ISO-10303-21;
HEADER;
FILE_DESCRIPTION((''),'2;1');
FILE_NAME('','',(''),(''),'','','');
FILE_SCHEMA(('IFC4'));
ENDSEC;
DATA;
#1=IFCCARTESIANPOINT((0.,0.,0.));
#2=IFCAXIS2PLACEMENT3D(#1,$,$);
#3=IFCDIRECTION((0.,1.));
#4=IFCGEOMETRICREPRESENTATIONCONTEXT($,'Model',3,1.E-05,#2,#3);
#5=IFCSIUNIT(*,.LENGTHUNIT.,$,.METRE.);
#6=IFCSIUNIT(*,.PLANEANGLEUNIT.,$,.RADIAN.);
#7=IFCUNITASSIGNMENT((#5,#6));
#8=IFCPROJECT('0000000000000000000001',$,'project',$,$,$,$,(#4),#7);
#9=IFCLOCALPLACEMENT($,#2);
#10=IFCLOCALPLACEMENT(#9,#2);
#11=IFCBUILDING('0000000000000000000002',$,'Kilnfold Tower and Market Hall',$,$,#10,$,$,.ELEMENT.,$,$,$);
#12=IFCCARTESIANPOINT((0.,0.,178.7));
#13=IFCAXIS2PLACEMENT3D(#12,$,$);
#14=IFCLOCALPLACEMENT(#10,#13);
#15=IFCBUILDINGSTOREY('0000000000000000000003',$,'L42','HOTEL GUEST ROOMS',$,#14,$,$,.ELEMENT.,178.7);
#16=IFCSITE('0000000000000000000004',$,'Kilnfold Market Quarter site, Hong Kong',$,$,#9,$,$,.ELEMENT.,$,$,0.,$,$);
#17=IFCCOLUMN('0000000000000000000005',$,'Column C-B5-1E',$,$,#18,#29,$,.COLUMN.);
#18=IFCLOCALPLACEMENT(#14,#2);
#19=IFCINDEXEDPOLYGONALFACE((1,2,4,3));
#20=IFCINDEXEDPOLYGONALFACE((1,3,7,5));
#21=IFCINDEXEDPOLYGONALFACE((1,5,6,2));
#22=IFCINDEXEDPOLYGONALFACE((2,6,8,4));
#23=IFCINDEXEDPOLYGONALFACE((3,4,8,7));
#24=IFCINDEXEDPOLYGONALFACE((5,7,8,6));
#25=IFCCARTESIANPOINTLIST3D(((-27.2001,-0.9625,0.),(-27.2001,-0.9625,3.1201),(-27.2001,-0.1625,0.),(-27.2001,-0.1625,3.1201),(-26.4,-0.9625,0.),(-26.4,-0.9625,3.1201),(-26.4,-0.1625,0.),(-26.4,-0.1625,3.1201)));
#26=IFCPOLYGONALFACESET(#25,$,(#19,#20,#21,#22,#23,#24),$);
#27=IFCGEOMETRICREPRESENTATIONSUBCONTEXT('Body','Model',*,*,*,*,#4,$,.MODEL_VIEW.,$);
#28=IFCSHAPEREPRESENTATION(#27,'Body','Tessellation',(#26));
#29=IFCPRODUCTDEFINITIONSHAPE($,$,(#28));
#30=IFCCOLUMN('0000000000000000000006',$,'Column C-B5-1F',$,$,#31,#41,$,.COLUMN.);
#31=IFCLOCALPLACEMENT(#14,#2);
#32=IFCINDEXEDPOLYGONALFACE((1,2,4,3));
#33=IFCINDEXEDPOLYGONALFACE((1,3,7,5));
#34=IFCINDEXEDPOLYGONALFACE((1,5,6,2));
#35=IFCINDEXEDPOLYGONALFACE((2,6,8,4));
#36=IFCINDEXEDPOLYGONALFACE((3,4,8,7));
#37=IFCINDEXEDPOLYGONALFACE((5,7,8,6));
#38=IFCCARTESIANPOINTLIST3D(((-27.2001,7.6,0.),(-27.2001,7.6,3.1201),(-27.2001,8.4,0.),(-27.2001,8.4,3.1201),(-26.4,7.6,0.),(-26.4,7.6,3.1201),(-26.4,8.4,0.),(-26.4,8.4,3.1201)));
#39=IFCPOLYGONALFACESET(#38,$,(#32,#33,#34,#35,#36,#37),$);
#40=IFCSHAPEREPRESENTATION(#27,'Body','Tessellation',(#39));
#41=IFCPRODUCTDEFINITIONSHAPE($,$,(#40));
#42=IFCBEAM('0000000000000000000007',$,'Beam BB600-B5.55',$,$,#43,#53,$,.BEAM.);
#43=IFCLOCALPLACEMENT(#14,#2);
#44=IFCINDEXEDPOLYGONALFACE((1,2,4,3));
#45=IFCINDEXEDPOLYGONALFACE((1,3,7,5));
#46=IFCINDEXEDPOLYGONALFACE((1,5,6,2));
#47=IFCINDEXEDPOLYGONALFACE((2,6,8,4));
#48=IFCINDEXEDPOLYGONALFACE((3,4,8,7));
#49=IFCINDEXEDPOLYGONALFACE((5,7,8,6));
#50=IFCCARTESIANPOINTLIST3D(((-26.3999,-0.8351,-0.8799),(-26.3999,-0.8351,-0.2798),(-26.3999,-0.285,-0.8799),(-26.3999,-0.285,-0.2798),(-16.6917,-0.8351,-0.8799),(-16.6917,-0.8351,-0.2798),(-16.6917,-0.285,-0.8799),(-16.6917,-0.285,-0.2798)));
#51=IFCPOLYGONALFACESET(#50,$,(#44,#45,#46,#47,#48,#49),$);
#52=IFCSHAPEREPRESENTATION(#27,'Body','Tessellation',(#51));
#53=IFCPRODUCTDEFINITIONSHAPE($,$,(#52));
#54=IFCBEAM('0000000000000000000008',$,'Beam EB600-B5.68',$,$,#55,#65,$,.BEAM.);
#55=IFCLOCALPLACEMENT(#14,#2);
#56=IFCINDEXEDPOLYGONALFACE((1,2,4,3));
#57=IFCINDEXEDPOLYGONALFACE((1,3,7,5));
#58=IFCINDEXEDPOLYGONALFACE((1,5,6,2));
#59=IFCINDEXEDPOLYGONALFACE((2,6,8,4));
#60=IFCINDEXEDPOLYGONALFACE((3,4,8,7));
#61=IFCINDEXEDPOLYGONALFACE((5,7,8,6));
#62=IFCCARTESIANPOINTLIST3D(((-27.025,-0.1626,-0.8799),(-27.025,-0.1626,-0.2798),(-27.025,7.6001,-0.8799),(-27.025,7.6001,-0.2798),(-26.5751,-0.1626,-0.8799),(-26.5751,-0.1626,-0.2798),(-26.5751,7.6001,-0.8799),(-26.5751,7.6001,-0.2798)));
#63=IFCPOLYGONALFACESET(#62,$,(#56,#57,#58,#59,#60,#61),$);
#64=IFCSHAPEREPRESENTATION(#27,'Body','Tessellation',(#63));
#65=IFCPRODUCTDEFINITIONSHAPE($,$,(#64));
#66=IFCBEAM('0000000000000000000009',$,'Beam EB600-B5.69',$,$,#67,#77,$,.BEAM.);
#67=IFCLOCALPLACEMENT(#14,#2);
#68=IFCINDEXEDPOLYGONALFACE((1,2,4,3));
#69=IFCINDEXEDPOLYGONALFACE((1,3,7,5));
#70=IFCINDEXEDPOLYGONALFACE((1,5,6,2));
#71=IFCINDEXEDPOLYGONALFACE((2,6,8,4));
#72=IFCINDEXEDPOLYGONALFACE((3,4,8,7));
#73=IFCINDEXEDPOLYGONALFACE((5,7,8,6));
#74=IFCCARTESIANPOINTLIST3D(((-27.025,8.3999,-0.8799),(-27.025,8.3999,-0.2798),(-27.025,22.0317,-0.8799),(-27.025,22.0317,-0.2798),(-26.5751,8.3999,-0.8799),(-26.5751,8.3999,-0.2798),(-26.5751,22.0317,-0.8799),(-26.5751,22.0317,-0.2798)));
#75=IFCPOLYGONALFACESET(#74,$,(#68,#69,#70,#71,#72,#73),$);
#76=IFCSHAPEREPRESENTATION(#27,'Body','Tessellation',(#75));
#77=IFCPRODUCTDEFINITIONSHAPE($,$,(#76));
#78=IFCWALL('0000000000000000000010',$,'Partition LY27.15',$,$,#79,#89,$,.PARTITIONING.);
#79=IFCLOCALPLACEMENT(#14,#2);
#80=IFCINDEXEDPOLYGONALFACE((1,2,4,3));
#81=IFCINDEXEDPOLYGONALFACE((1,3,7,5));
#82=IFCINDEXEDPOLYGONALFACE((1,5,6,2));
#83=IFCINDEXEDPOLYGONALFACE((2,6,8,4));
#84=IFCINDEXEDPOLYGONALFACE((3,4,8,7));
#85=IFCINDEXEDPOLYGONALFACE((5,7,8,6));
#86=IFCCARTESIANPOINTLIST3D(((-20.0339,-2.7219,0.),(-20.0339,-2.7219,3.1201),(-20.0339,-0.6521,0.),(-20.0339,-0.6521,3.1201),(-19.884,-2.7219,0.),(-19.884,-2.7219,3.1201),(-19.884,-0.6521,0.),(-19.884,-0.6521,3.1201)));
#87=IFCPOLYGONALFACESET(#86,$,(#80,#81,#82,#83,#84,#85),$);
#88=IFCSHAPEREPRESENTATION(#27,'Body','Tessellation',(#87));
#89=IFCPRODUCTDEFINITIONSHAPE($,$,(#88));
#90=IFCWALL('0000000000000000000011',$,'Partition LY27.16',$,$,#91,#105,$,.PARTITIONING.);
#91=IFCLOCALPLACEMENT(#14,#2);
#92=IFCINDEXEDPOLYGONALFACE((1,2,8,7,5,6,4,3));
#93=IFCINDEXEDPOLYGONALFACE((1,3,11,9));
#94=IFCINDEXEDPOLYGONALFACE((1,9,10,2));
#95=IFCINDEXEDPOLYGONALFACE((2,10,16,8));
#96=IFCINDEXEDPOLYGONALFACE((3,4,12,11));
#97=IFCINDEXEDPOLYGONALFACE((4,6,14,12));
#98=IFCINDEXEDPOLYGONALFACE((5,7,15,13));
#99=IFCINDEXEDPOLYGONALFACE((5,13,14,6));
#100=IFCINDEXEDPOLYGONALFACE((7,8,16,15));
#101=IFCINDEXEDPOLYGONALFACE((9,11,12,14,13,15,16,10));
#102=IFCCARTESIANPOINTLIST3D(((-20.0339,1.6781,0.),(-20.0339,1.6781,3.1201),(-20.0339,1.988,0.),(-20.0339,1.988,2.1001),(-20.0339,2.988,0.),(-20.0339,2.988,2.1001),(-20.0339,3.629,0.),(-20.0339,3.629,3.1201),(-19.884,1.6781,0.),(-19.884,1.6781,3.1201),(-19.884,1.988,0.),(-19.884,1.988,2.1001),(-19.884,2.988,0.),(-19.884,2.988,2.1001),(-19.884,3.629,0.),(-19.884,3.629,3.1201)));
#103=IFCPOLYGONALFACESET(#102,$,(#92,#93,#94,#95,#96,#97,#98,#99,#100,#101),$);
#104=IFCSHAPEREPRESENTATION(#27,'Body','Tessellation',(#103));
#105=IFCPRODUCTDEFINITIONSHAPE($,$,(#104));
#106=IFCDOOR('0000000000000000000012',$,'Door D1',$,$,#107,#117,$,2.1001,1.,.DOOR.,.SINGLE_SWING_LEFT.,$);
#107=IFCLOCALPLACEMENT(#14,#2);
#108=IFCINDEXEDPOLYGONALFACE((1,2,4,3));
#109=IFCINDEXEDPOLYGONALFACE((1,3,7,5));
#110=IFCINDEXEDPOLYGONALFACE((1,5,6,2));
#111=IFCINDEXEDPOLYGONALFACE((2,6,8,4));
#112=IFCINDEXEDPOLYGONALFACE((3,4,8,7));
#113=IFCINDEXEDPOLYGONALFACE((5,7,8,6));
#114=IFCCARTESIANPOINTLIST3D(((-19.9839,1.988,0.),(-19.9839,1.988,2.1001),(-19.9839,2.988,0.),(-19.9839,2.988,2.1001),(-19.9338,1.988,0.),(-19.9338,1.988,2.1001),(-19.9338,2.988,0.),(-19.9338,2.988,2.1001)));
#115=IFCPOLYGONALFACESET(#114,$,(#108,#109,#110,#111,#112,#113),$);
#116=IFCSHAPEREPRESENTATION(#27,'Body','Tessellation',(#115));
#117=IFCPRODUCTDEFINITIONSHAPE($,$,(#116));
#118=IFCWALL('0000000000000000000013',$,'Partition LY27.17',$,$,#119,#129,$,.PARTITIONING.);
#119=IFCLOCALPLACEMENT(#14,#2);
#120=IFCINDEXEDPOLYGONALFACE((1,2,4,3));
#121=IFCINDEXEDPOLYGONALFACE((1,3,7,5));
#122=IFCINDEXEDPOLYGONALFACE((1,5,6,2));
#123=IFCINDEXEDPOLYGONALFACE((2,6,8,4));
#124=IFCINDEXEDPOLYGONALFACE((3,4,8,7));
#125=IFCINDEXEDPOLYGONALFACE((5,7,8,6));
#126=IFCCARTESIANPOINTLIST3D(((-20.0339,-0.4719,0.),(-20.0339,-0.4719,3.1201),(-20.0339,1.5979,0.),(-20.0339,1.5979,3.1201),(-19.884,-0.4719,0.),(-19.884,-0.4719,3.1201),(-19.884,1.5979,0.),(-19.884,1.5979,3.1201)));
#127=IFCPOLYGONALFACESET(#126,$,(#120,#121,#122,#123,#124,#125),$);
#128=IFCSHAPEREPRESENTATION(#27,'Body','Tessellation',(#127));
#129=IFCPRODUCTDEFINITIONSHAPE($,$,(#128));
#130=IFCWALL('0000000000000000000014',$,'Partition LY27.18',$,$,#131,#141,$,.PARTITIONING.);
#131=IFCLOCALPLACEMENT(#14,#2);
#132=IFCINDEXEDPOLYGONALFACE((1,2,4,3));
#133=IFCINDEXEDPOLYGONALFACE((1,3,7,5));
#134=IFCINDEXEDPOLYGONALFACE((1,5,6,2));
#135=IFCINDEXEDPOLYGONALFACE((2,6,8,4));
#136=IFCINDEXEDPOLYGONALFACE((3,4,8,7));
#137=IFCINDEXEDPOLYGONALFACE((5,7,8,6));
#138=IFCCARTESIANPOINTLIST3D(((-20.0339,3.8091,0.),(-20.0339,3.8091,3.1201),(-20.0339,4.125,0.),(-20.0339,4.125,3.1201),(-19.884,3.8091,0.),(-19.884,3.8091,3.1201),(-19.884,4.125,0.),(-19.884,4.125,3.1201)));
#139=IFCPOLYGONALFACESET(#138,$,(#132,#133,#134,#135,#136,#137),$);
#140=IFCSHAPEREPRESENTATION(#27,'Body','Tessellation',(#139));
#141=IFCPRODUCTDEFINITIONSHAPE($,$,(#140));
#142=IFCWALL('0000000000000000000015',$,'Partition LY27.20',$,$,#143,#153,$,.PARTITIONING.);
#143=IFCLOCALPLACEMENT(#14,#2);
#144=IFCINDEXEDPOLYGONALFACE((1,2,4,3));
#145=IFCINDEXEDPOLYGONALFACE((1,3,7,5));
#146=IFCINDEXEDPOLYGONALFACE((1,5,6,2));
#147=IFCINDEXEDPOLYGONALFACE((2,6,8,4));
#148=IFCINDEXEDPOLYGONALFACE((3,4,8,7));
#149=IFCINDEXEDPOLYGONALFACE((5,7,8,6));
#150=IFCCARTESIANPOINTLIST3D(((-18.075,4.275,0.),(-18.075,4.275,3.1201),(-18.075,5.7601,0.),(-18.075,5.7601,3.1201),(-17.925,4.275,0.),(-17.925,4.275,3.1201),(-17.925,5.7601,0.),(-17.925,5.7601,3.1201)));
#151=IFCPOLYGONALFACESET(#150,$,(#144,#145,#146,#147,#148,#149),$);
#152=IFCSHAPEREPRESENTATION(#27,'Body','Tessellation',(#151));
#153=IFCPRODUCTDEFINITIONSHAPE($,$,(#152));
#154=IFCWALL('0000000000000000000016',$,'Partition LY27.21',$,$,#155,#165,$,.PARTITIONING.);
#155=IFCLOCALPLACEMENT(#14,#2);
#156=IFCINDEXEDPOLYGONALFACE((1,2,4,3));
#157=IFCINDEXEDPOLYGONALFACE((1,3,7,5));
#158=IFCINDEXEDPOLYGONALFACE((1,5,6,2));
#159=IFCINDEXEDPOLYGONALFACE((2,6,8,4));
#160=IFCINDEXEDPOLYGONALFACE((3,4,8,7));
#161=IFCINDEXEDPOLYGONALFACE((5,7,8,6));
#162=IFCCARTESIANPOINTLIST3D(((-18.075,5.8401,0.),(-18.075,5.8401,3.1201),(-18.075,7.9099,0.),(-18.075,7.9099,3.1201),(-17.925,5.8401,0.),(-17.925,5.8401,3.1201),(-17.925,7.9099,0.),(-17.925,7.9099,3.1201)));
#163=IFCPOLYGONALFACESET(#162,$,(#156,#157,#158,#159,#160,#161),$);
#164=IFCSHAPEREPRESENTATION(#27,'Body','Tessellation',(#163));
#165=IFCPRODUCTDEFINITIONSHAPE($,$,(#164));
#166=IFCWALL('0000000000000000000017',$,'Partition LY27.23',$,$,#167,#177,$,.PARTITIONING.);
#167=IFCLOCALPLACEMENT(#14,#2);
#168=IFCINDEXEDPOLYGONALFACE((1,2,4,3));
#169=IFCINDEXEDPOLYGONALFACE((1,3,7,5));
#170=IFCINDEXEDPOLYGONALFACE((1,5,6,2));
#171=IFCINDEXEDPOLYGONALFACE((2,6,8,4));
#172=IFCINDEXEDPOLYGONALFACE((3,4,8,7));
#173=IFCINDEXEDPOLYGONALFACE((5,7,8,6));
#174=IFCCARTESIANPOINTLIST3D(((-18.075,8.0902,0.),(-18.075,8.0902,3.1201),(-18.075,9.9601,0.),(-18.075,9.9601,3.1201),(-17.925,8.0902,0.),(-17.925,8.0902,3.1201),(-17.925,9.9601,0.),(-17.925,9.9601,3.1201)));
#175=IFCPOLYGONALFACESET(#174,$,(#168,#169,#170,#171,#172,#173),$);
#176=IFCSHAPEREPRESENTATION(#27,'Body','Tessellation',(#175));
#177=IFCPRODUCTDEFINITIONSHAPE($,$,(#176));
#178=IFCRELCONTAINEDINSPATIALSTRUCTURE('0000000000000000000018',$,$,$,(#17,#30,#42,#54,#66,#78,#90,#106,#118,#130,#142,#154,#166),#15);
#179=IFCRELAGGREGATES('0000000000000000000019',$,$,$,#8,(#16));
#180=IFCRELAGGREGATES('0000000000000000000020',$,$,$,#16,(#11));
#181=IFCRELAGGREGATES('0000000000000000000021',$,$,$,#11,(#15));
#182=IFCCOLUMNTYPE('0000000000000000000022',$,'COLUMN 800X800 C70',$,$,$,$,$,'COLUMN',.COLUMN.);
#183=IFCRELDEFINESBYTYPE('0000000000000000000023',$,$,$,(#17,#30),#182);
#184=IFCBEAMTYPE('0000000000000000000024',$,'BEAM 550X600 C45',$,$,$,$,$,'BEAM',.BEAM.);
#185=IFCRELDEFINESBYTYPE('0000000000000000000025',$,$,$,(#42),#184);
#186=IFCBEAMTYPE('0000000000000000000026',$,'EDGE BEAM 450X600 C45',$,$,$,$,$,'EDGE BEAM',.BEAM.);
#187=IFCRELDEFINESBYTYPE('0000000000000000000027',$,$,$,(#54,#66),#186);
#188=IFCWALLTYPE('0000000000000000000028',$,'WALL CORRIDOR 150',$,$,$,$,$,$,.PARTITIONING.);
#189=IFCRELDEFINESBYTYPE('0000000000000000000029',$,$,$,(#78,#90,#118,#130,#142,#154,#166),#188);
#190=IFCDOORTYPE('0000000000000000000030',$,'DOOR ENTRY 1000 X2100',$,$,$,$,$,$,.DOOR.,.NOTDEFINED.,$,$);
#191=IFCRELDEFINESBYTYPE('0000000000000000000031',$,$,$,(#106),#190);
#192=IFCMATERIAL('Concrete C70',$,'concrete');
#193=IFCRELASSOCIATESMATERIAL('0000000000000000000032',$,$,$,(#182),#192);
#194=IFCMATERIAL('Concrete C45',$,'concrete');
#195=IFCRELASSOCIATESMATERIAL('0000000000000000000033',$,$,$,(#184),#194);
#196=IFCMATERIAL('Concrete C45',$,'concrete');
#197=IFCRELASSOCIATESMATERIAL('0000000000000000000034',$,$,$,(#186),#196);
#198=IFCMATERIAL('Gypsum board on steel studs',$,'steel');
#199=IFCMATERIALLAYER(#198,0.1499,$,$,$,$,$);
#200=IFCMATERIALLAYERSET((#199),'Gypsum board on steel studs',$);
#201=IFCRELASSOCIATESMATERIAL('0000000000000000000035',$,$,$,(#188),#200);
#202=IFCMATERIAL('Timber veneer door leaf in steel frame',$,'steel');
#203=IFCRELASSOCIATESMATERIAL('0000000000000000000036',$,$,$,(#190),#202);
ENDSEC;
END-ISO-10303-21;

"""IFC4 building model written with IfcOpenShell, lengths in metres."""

from ifc_helpers import new_model, si_unit, direction, frame, frame_2d, origin, origin_2d, place, context, subcontext, project, spatial, rectangle, extrude, source, transform, mapped, material, layer, layer_set, material_profile, profile_set, type_object, element, fill, save


model = new_model("IFC4")

# Units and contexts
model_context = context("Model", 3, precision=1e-05, world=origin(), true_north=direction((0.0, 1.0)))
body_context = subcontext(model_context, "Body", "Model", "MODEL_VIEW")
ifc_project = project(units=[si_unit("LENGTHUNIT", "METRE"), si_unit("PLANEANGLEUNIT", "RADIAN")], contexts=[model_context])

# Site, building, storey
site_placement = place(None, origin())
site = spatial("IfcSite", under=ifc_project, at=site_placement, Name="Kilnfold Market Quarter site, Hong Kong", CompositionType="ELEMENT", RefElevation=0.0)
building_placement = place(site_placement, origin())
building = spatial("IfcBuilding", under=site, at=building_placement, Name="Kilnfold Tower and Market Hall", CompositionType="ELEMENT")
storey_placement = place(building_placement, frame((0.0, 0.0, 178.7)))
storey = spatial("IfcBuildingStorey", under=building, at=storey_placement, Name="L42", Description="HOTEL GUEST ROOMS", CompositionType="ELEMENT", Elevation=178.7)

# Columns
ifc_material_1 = material(Name="Concrete C70", Category="concrete")
ifc_material_profile_1 = material_profile(ifc_material_1, rectangle(XDim=0.8, YDim=0.8, at=origin_2d()), Name="RC 800x800")
ifc_profile_set_1 = profile_set([ifc_material_profile_1], Name="Concrete C70")
column_type = type_object("IfcColumnType", Name="COLUMN 800X800 C70", ElementType="COLUMN", PredefinedType="COLUMN", material=ifc_profile_set_1)
shared_shape_1 = source(origin(), body_context, "Body", "SweptSolid", [
    extrude(rectangle(XDim=0.8, YDim=0.8, at=origin_2d()), origin(), (0.0, 0.0, 1.0), 3.1201),
])
for number, where, z_axis, x_axis, name in (
    (1, (-26.8, -0.5625, 0.0), (0.0, 0.0, 1.0), (1.0, 0.0, 0.0), "Column C-B5-1E"),
    (2, (-26.8, 8.0, 0.0), (0.0, 0.0, 1.0), (1.0, 0.0, 0.0), "Column C-B5-1F"),
):
    element("IfcColumn", number, at=place(storey_placement, frame(where, z_axis=z_axis, x_axis=x_axis)), inside=storey, type_object=column_type, Name=name, PredefinedType="COLUMN", context=body_context, shape_type="MappedRepresentation", body=[
        mapped(shared_shape_1, transform((0.0, 0.0, 0.0))),
    ])

# Beams
ifc_material_2 = material(Name="Concrete C45", Category="concrete")
ifc_material_profile_2 = material_profile(ifc_material_2, rectangle(XDim=0.55, YDim=0.6001, at=origin_2d()), Name="RC 550x600")
ifc_profile_set_2 = profile_set([ifc_material_profile_2], Name="Concrete C45")
beam_type_1 = type_object("IfcBeamType", Name="BEAM 550X600 C45", ElementType="BEAM", PredefinedType="BEAM", material=ifc_profile_set_2)
shared_shape_2 = source(origin(), body_context, "Body", "SweptSolid", [
    extrude(rectangle(XDim=0.55, YDim=0.6001, at=origin_2d()), origin(), (0.0, 0.0, 1.0), 9.7083),
])
beam_1_placement = place(storey_placement, frame((-26.3999, -0.5601, -0.5798), z_axis=(1.0, 0.0, 0.0), x_axis=(0.0, 1.0, 0.0)))
element("IfcBeam", 3, at=beam_1_placement, inside=storey, type_object=beam_type_1, Name="Beam BB600-B5.55", PredefinedType="BEAM", context=body_context, shape_type="MappedRepresentation", body=[
    mapped(shared_shape_2, transform((0.0, 0.0, 0.0))),
])
ifc_material_3 = material(Name="Concrete C45", Category="concrete")
ifc_material_profile_3 = material_profile(ifc_material_3, rectangle(XDim=0.45, YDim=0.6001, at=origin_2d()), Name="RC 450x600")
ifc_profile_set_3 = profile_set([ifc_material_profile_3], Name="Concrete C45")
beam_type_2 = type_object("IfcBeamType", Name="EDGE BEAM 450X600 C45", ElementType="EDGE BEAM", PredefinedType="BEAM", material=ifc_profile_set_3)
shared_shape_3 = source(origin(), body_context, "Body", "SweptSolid", [
    extrude(rectangle(XDim=0.45, YDim=0.6001, at=origin_2d()), origin(), (0.0, 0.0, 1.0), 7.7627),
])
beam_2_placement = place(storey_placement, frame((-26.8, -0.1626, -0.5798), z_axis=(0.0, 1.0, 0.0), x_axis=(-1.0, 0.0, 0.0)))
element("IfcBeam", 4, at=beam_2_placement, inside=storey, type_object=beam_type_2, Name="Beam EB600-B5.68", PredefinedType="BEAM", context=body_context, shape_type="MappedRepresentation", body=[
    mapped(shared_shape_3, transform((0.0, 0.0, 0.0))),
])
shared_shape_4 = source(origin(), body_context, "Body", "SweptSolid", [
    extrude(rectangle(XDim=0.45, YDim=0.6001, at=origin_2d()), origin(), (0.0, 0.0, 1.0), 13.6318),
])
beam_3_placement = place(storey_placement, frame((-26.8, 8.3999, -0.5798), z_axis=(0.0, 1.0, 0.0), x_axis=(-1.0, 0.0, 0.0)))
element("IfcBeam", 5, at=beam_3_placement, inside=storey, type_object=beam_type_2, Name="Beam EB600-B5.69", PredefinedType="BEAM", context=body_context, shape_type="MappedRepresentation", body=[
    mapped(shared_shape_4, transform((0.0, 0.0, 0.0))),
])

# Wall
ifc_material_4 = material(Name="Gypsum board on steel studs", Category="steel")
ifc_layer_1 = layer(ifc_material_4, 0.1499)
ifc_layer_set_1 = layer_set([ifc_layer_1], Name="Gypsum board on steel studs")
wall_type_1 = type_object("IfcWallType", Name="WALL CORRIDOR 150", PredefinedType="PARTITIONING", material=ifc_layer_set_1)
wall_1_placement = place(storey_placement, frame((-19.959, -2.7219, 0.0), z_axis=(0.0, 0.0, 1.0), x_axis=(0.0, 1.0, 0.0)))
element("IfcWall", 6, at=wall_1_placement, inside=storey, type_object=wall_type_1, Name="Partition LY27.15", PredefinedType="PARTITIONING", context=body_context, shape_type="SweptSolid", body=[
    extrude(rectangle(XDim=2.0698, YDim=0.1499, at=frame_2d((1.0349, 0.0))), origin(), (0.0, 0.0, 1.0), 3.1201),
])

# Wall, opening, door
wall_2_placement = place(storey_placement, frame((-19.959, 1.678, 0.0), z_axis=(0.0, 0.0, 1.0), x_axis=(0.0, 1.0, 0.0)))
wall_2 = element("IfcWall", 7, at=wall_2_placement, inside=storey, type_object=wall_type_1, Name="Partition LY27.16", PredefinedType="PARTITIONING", context=body_context, shape_type="SweptSolid", body=[
    extrude(rectangle(XDim=1.9509, YDim=0.1499, at=frame_2d((0.9756, 0.0))), origin(), (0.0, 0.0, 1.0), 3.1201),
])
opening_1_placement = place(wall_2_placement, frame((0.3101, 0.0, 0.0)))
opening_1 = element("IfcOpeningElement", 8, at=opening_1_placement, cuts=wall_2, PredefinedType="OPENING", context=body_context, shape_type="SweptSolid", body=[
    extrude(rectangle(XDim=1.0, YDim=2.1001, at=frame_2d((0.5, 1.05))), frame((0.0, 0.085, 0.0), z_axis=(0.0, -1.0, 0.0), x_axis=(1.0, 0.0, 0.0)), (0.0, 0.0, 1.0), 0.1699),
])
ifc_material_5 = material(Name="Timber veneer door leaf in steel frame", Category="steel")
door_type_1 = type_object("IfcDoorType", Name="DOOR ENTRY 1000 X2100", OperationType="NOTDEFINED", PredefinedType="DOOR", material=ifc_material_5)
door_1_placement = place(opening_1_placement, origin())
door_1 = element("IfcDoor", 9, at=door_1_placement, inside=storey, type_object=door_type_1, Name="Door D1", OperationType="SINGLE_SWING_LEFT", OverallHeight=2.1001, OverallWidth=1.0, PredefinedType="DOOR", context=body_context, shape_type="SweptSolid", body=[
    extrude(rectangle(XDim=1.0, YDim=2.1001, at=frame_2d((0.5, 1.05))), frame((0.0, 0.0249, 0.0), z_axis=(0.0, -1.0, 0.0), x_axis=(1.0, 0.0, 0.0)), (0.0, 0.0, 1.0), 0.05),
])
fill(opening_1, door_1)

# Walls
wall_3_placement = place(storey_placement, frame((-19.959, -0.4719, 0.0), z_axis=(0.0, 0.0, 1.0), x_axis=(0.0, 1.0, 0.0)))
element("IfcWall", 10, at=wall_3_placement, inside=storey, type_object=wall_type_1, Name="Partition LY27.17", PredefinedType="PARTITIONING", context=body_context, shape_type="SweptSolid", body=[
    extrude(rectangle(XDim=2.0698, YDim=0.1499, at=frame_2d((1.0349, 0.0))), origin(), (0.0, 0.0, 1.0), 3.1201),
])
wall_4_placement = place(storey_placement, frame((-19.959, 3.8091, 0.0), z_axis=(0.0, 0.0, 1.0), x_axis=(0.0, 1.0, 0.0)))
element("IfcWall", 11, at=wall_4_placement, inside=storey, type_object=wall_type_1, Name="Partition LY27.18", PredefinedType="PARTITIONING", context=body_context, shape_type="SweptSolid", body=[
    extrude(rectangle(XDim=0.3159, YDim=0.1499, at=frame_2d((0.158, 0.0))), origin(), (0.0, 0.0, 1.0), 3.1201),
])
wall_5_placement = place(storey_placement, frame((-18.0, 4.2749, 0.0), z_axis=(0.0, 0.0, 1.0), x_axis=(0.0, 1.0, 0.0)))
element("IfcWall", 12, at=wall_5_placement, inside=storey, type_object=wall_type_1, Name="Partition LY27.20", PredefinedType="PARTITIONING", context=body_context, shape_type="SweptSolid", body=[
    extrude(rectangle(XDim=1.4851, YDim=0.1499, at=frame_2d((0.7427, 0.0))), origin(), (0.0, 0.0, 1.0), 3.1201),
])
wall_6_placement = place(storey_placement, frame((-18.0, 5.8401, 0.0), z_axis=(0.0, 0.0, 1.0), x_axis=(0.0, 1.0, 0.0)))
element("IfcWall", 13, at=wall_6_placement, inside=storey, type_object=wall_type_1, Name="Partition LY27.21", PredefinedType="PARTITIONING", context=body_context, shape_type="SweptSolid", body=[
    extrude(rectangle(XDim=2.0698, YDim=0.1499, at=frame_2d((1.0349, 0.0))), origin(), (0.0, 0.0, 1.0), 3.1201),
])
wall_7_placement = place(storey_placement, frame((-18.0, 8.0901, 0.0), z_axis=(0.0, 0.0, 1.0), x_axis=(0.0, 1.0, 0.0)))
element("IfcWall", 14, at=wall_7_placement, inside=storey, type_object=wall_type_1, Name="Partition LY27.23", PredefinedType="PARTITIONING", context=body_context, shape_type="SweptSolid", body=[
    extrude(rectangle(XDim=1.8699, YDim=0.1499, at=frame_2d((0.9351, 0.0))), origin(), (0.0, 0.0, 1.0), 3.1201),
])

save(model, "model.ifc")
